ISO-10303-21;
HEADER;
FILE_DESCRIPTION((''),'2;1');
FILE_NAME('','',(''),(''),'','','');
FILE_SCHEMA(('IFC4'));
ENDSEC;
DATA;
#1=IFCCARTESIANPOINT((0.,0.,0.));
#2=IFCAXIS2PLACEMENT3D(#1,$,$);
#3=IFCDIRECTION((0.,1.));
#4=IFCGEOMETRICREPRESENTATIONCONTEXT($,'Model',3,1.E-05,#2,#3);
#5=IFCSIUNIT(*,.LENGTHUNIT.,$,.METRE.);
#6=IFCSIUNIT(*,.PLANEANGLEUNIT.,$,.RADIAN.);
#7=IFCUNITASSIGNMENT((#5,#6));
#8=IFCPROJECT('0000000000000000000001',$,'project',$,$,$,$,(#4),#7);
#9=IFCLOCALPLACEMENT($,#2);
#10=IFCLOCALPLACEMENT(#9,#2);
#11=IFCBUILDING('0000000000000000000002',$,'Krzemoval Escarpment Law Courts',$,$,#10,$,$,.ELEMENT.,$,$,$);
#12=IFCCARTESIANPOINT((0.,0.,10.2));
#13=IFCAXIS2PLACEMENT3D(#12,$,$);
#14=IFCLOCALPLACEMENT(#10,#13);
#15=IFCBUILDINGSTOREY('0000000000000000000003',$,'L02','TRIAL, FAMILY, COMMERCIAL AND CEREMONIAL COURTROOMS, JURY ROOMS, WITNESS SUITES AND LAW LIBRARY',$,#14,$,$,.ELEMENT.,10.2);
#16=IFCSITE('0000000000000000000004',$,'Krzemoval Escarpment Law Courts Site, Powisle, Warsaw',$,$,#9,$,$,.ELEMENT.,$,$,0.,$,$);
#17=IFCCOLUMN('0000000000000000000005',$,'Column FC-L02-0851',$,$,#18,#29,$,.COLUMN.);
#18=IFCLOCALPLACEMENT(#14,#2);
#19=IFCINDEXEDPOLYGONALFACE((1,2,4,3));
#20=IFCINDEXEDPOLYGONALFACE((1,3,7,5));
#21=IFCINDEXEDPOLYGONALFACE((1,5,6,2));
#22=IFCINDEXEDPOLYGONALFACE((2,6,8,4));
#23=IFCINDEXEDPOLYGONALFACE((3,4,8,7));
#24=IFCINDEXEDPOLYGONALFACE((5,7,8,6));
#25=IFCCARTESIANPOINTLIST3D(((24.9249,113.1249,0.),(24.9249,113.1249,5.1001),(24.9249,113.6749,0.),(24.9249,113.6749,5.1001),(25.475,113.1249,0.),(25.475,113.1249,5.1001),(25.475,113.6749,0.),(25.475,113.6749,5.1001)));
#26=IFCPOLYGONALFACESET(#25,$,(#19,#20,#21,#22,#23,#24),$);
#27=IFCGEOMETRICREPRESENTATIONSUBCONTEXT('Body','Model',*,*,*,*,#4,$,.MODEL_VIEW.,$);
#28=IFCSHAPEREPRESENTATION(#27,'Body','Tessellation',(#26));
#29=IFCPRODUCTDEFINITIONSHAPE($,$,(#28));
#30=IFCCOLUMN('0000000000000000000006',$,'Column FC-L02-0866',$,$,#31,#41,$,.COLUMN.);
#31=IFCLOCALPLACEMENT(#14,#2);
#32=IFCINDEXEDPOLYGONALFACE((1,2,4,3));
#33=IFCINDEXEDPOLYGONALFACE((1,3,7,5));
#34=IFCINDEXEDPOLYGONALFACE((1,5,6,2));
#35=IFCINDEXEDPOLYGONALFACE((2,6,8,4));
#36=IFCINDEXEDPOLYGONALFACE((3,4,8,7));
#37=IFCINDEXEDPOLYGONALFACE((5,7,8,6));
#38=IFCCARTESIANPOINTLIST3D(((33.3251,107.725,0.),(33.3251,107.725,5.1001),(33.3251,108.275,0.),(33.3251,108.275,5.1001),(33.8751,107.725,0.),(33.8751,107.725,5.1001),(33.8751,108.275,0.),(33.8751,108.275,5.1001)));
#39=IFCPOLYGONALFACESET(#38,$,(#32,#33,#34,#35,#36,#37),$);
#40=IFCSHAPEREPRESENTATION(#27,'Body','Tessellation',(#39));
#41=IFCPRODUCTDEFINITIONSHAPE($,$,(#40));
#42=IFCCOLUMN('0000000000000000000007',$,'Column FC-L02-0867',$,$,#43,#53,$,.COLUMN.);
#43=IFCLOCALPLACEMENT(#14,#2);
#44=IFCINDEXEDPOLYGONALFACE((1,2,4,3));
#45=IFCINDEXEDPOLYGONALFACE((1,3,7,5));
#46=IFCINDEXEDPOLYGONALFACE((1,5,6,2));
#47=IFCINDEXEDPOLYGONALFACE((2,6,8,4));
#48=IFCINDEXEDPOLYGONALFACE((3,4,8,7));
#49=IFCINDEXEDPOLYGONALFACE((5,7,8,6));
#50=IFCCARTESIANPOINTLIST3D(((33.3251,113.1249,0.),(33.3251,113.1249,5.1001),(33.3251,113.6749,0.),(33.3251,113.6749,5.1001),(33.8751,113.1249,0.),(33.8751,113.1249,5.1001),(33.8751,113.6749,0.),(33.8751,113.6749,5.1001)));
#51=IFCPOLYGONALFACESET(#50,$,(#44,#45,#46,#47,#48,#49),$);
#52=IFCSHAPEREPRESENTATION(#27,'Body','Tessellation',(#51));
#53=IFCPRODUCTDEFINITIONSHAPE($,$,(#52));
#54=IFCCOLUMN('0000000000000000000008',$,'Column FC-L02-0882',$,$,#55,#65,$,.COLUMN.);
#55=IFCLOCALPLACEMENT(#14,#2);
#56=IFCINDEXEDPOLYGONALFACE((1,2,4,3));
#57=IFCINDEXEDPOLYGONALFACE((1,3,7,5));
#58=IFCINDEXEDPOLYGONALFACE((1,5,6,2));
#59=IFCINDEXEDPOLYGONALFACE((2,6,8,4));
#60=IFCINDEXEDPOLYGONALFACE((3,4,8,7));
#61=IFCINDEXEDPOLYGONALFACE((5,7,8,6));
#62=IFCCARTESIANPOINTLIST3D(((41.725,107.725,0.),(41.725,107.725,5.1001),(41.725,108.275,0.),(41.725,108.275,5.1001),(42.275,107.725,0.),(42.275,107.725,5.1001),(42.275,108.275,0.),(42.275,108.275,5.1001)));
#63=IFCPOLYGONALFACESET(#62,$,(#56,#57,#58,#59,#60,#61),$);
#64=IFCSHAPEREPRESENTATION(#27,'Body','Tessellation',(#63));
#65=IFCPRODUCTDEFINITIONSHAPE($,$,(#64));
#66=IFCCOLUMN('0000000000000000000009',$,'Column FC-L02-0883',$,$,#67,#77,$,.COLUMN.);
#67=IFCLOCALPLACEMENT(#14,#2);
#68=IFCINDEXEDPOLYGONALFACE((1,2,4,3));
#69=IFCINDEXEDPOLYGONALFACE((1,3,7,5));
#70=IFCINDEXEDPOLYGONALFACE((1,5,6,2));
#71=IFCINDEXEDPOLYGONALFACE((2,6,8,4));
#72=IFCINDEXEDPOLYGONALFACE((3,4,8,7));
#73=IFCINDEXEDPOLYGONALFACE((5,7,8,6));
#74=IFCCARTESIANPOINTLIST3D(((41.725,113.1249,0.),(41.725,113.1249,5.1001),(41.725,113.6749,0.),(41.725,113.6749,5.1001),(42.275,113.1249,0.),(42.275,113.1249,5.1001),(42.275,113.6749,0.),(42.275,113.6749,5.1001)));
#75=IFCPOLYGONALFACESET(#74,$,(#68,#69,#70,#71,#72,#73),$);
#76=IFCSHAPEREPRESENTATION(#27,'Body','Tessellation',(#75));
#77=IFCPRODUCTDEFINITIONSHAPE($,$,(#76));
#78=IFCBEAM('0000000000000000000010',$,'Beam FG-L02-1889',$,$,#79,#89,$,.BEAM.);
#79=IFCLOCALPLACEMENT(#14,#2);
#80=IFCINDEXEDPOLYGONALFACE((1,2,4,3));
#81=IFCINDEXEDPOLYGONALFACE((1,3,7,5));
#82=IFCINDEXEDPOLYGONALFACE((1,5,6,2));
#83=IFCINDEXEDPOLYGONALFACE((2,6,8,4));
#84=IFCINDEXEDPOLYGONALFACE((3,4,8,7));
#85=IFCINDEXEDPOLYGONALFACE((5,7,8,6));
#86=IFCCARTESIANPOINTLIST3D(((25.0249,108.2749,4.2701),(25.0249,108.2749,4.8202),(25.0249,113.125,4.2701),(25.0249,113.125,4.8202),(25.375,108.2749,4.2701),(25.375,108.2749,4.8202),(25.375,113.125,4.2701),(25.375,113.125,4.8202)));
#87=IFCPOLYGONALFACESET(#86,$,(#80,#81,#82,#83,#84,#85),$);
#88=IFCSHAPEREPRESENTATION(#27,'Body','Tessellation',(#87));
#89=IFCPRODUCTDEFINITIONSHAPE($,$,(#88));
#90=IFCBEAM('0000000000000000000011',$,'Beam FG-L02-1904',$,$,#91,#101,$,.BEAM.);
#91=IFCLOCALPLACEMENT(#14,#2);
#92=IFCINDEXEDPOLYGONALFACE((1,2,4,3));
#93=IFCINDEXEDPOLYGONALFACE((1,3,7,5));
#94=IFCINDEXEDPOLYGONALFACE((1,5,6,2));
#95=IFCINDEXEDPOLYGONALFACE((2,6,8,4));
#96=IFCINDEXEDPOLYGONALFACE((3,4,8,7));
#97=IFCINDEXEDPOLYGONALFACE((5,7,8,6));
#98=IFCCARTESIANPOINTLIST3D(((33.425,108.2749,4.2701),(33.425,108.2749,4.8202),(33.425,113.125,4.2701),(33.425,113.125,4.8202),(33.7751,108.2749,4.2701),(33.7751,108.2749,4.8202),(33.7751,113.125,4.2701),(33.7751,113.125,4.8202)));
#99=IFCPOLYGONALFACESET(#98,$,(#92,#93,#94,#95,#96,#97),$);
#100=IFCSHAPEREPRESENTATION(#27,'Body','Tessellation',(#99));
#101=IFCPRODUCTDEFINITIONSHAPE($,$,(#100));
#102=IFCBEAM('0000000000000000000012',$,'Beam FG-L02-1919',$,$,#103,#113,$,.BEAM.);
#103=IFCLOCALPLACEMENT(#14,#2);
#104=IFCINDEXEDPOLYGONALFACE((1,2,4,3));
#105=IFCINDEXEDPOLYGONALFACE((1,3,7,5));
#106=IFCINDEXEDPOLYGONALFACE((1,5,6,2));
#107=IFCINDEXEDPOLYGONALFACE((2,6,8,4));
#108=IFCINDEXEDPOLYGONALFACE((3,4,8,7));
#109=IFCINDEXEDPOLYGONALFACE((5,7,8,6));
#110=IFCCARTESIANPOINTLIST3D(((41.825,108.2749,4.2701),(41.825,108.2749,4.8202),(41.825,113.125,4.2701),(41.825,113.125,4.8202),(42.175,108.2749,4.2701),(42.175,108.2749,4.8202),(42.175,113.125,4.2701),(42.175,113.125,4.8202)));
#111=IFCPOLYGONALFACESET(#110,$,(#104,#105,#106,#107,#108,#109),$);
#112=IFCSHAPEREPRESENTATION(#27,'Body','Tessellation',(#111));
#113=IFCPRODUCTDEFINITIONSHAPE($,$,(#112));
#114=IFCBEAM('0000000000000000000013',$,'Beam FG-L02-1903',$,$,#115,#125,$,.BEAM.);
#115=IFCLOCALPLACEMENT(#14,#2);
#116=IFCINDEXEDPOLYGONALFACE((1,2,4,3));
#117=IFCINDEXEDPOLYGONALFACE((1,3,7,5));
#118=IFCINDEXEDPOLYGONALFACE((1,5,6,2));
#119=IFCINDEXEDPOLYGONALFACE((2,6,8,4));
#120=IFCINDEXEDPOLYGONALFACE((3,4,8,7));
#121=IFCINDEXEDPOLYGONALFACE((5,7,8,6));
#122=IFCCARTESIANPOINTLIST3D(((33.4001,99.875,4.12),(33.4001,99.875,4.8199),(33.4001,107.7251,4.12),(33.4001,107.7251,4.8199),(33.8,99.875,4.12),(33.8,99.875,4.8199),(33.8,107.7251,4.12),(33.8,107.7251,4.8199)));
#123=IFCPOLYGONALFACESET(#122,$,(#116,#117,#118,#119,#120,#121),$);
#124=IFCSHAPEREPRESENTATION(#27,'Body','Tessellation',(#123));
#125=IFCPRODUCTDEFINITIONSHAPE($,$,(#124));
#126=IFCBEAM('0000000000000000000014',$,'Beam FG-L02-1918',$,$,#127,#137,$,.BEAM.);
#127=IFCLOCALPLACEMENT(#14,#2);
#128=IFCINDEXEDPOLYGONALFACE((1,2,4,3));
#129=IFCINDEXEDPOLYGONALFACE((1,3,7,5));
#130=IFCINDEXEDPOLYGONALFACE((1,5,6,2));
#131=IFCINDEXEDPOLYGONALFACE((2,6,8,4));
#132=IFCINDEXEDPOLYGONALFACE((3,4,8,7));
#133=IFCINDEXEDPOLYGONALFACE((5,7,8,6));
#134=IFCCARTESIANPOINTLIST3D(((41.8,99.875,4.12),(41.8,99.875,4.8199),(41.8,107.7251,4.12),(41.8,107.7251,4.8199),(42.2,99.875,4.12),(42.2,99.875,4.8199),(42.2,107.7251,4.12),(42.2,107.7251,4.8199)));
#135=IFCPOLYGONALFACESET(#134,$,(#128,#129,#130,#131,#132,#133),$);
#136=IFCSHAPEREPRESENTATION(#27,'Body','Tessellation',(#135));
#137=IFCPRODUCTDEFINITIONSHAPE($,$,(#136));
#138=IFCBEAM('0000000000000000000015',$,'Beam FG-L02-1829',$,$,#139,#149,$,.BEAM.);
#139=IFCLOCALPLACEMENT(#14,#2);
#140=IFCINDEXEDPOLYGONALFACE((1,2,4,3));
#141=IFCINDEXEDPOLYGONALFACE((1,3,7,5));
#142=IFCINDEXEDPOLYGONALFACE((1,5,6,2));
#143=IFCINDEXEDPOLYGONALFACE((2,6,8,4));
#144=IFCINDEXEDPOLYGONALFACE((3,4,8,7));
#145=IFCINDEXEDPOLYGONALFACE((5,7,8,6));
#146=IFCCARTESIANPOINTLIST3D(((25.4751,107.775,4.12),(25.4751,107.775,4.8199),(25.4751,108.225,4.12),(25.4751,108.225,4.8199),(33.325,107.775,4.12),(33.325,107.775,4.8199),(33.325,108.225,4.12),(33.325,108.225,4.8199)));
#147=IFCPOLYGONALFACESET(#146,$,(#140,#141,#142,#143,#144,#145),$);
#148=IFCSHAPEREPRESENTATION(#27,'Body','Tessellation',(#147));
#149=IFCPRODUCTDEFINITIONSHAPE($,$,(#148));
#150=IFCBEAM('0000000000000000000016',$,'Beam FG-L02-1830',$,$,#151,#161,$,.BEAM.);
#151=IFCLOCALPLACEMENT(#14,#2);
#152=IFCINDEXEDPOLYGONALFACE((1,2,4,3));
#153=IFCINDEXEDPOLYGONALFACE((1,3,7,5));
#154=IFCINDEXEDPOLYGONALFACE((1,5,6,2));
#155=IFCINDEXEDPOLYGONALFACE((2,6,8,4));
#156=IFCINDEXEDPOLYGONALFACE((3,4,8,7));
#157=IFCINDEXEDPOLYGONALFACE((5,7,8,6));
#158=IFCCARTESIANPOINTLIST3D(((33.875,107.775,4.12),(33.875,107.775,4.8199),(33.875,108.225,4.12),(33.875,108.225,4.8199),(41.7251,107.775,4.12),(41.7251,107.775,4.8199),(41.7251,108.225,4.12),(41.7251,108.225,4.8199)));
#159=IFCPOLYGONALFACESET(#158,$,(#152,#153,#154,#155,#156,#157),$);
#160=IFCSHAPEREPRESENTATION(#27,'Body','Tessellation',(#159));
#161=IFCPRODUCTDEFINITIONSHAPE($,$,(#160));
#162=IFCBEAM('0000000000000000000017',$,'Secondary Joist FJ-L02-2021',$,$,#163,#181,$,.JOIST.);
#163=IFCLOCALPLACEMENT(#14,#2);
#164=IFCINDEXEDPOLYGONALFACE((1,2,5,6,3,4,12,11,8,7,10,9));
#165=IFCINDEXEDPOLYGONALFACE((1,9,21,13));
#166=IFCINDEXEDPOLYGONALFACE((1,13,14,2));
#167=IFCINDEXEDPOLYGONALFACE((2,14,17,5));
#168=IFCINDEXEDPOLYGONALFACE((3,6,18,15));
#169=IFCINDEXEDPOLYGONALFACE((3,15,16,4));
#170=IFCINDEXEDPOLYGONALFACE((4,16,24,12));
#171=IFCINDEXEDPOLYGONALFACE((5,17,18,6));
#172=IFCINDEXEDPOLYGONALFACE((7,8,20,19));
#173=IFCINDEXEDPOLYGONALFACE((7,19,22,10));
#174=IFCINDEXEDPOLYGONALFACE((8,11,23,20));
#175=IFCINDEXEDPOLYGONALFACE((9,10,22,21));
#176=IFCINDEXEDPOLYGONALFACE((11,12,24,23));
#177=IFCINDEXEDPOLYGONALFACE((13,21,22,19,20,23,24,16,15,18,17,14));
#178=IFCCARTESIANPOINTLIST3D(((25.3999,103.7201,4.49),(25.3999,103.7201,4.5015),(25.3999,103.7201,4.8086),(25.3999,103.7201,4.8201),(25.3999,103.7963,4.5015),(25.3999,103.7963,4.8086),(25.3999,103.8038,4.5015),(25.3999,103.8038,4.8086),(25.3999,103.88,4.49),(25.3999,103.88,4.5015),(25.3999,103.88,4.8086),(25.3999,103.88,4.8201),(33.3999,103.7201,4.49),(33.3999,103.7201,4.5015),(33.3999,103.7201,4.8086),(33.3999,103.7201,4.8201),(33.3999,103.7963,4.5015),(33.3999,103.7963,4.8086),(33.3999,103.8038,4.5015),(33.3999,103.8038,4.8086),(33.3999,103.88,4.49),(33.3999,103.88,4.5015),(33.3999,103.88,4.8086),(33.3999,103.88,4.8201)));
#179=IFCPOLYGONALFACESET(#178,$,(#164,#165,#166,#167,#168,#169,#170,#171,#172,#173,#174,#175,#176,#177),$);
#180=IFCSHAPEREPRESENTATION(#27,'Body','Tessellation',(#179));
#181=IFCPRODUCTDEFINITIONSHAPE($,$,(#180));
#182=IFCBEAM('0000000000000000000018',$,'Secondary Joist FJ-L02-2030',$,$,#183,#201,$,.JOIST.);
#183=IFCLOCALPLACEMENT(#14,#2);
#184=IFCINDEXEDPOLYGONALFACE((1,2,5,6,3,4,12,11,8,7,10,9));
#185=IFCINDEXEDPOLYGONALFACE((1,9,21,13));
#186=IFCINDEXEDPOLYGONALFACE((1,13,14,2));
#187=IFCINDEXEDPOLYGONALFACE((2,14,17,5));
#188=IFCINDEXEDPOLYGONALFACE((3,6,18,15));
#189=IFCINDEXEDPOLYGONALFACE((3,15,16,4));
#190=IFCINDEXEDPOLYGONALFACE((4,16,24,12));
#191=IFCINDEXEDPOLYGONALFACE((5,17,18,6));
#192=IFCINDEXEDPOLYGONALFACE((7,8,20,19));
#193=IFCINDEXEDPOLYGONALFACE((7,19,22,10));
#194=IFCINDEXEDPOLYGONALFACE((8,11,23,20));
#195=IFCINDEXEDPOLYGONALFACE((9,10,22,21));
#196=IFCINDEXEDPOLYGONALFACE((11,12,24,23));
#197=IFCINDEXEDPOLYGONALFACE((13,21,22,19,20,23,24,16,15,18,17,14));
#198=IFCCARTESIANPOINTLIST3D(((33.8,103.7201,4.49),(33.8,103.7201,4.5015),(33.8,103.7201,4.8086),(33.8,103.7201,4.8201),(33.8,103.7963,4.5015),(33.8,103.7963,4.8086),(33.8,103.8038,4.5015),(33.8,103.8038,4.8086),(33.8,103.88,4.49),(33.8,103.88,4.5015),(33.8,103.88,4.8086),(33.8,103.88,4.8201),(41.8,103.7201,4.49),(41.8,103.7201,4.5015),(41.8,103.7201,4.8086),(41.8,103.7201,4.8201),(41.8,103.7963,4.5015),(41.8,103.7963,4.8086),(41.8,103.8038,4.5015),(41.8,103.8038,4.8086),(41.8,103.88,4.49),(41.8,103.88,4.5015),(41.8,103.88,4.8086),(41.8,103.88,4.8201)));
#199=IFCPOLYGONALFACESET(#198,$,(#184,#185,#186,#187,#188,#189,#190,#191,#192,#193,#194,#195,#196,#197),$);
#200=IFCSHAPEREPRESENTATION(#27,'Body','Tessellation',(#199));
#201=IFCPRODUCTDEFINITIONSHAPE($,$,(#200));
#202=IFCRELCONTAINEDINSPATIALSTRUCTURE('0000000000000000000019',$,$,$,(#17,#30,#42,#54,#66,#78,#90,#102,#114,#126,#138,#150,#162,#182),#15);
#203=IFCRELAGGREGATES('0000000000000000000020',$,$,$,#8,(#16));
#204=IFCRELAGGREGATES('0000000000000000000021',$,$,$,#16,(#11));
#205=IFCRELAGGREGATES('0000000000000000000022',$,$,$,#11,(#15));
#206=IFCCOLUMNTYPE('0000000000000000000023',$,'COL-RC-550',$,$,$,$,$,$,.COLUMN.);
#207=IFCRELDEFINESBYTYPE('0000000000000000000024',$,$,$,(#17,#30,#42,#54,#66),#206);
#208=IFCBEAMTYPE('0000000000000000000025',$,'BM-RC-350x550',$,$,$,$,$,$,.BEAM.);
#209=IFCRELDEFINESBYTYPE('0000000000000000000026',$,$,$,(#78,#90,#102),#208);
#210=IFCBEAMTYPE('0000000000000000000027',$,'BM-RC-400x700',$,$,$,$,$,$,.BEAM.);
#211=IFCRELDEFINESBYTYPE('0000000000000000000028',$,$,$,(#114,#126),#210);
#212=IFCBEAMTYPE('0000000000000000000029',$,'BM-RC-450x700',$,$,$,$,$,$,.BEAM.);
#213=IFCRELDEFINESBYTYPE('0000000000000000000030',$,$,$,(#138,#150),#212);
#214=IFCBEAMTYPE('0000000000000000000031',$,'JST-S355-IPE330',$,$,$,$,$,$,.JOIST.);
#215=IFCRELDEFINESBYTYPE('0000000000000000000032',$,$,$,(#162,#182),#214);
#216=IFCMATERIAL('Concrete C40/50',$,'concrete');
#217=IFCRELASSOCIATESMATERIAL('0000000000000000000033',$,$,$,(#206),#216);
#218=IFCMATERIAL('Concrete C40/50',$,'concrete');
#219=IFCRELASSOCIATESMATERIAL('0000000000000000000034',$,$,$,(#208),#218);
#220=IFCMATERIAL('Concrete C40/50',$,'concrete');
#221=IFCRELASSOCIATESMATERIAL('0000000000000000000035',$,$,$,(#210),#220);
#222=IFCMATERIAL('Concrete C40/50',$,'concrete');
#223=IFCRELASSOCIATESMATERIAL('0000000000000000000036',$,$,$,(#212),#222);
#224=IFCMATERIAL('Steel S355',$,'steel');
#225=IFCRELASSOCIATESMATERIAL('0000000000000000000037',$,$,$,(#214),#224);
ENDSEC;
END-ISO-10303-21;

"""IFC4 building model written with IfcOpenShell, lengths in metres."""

from ifc_helpers import new_model, si_unit, direction, frame, origin, origin_2d, place, context, subcontext, project, spatial, rectangle, i_section, extrude, material, material_profile, profile_set, type_object, element, save


model = new_model("IFC4")

# Units and contexts
model_context = context("Model", 3, precision=1e-05, world=origin(), true_north=direction((0.0, 1.0)))
body_context = subcontext(model_context, "Body", "Model", "MODEL_VIEW")
ifc_project = project(units=[si_unit("LENGTHUNIT", "METRE"), si_unit("PLANEANGLEUNIT", "RADIAN")], contexts=[model_context])

# Site, building, storey
site_placement = place(None, origin())
site = spatial("IfcSite", under=ifc_project, at=site_placement, Name="Krzemoval Escarpment Law Courts Site, Powisle, Warsaw", CompositionType="ELEMENT", RefElevation=0.0)
building_placement = place(site_placement, origin())
building = spatial("IfcBuilding", under=site, at=building_placement, Name="Krzemoval Escarpment Law Courts", CompositionType="ELEMENT")
storey_placement = place(building_placement, frame((0.0, 0.0, 10.2)))
storey = spatial("IfcBuildingStorey", under=building, at=storey_placement, Name="L02", Description="TRIAL, FAMILY, COMMERCIAL AND CEREMONIAL COURTROOMS, JURY ROOMS, WITNESS SUITES AND LAW LIBRARY", CompositionType="ELEMENT", Elevation=10.2)

# Columns
ifc_material_1 = material(Name="Concrete C40/50", Category="concrete")
ifc_material_profile_1 = material_profile(ifc_material_1, rectangle(XDim=0.55, YDim=0.55, at=origin_2d()), Name="RC 550x550")
ifc_profile_set_1 = profile_set([ifc_material_profile_1], Name="Concrete C40/50")
column_type = type_object("IfcColumnType", Name="COL-RC-550", PredefinedType="COLUMN", material=ifc_profile_set_1)
for number, where, z_axis, x_axis, name in (
    (1, (25.2, 113.3999, 0.0), (0.0, 0.0, 1.0), (1.0, 0.0, 0.0), "Column FC-L02-0851"),
    (2, (33.6001, 108.0, 0.0), (0.0, 0.0, 1.0), (1.0, 0.0, 0.0), "Column FC-L02-0866"),
    (3, (33.6001, 113.3999, 0.0), (0.0, 0.0, 1.0), (1.0, 0.0, 0.0), "Column FC-L02-0867"),
    (4, (42.0, 108.0, 0.0), (0.0, 0.0, 1.0), (1.0, 0.0, 0.0), "Column FC-L02-0882"),
    (5, (42.0, 113.3999, 0.0), (0.0, 0.0, 1.0), (1.0, 0.0, 0.0), "Column FC-L02-0883"),
):
    element("IfcColumn", number, at=place(storey_placement, frame(where, z_axis=z_axis, x_axis=x_axis)), inside=storey, type_object=column_type, Name=name, PredefinedType="COLUMN", context=body_context, shape_type="SweptSolid", body=[
        extrude(rectangle(XDim=0.55, YDim=0.55, at=origin_2d()), origin(), (0.0, 0.0, 1.0), 5.1001),
    ])

# Beams
ifc_material_2 = material(Name="Concrete C40/50", Category="concrete")
ifc_material_profile_2 = material_profile(ifc_material_2, rectangle(XDim=0.3501, YDim=0.55, at=origin_2d()), Name="RCB 350x550")
ifc_profile_set_2 = profile_set([ifc_material_profile_2], Name="Concrete C40/50")
beam_type_1 = type_object("IfcBeamType", Name="BM-RC-350x550", PredefinedType="BEAM", material=ifc_profile_set_2)
for number, where, z_axis, x_axis, name in (
    (6, (25.2, 108.2749, 4.5452), (0.0, 1.0, 0.0), (-1.0, 0.0, 0.0), "Beam FG-L02-1889"),
    (7, (33.6001, 108.2749, 4.5452), (0.0, 1.0, 0.0), (-1.0, 0.0, 0.0), "Beam FG-L02-1904"),
    (8, (42.0, 108.2749, 4.5452), (0.0, 1.0, 0.0), (-1.0, 0.0, 0.0), "Beam FG-L02-1919"),
):
    element("IfcBeam", number, at=place(storey_placement, frame(where, z_axis=z_axis, x_axis=x_axis)), inside=storey, type_object=beam_type_1, Name=name, PredefinedType="BEAM", context=body_context, shape_type="SweptSolid", body=[
        extrude(rectangle(XDim=0.3501, YDim=0.55, at=origin_2d()), origin(), (0.0, 0.0, 1.0), 4.8501),
    ])
ifc_material_3 = material(Name="Concrete C40/50", Category="concrete")
ifc_material_profile_3 = material_profile(ifc_material_3, rectangle(XDim=0.3999, YDim=0.7, at=origin_2d()), Name="RCB 400x700")
ifc_profile_set_3 = profile_set([ifc_material_profile_3], Name="Concrete C40/50")
beam_type_2 = type_object("IfcBeamType", Name="BM-RC-400x700", PredefinedType="BEAM", material=ifc_profile_set_3)
for number, where, z_axis, x_axis, name in (
    (9, (33.6001, 99.875, 4.47), (0.0, 1.0, 0.0), (-1.0, 0.0, 0.0), "Beam FG-L02-1903"),
    (10, (42.0, 99.875, 4.47), (0.0, 1.0, 0.0), (-1.0, 0.0, 0.0), "Beam FG-L02-1918"),
):
    element("IfcBeam", number, at=place(storey_placement, frame(where, z_axis=z_axis, x_axis=x_axis)), inside=storey, type_object=beam_type_2, Name=name, PredefinedType="BEAM", context=body_context, shape_type="SweptSolid", body=[
        extrude(rectangle(XDim=0.3999, YDim=0.7, at=origin_2d()), origin(), (0.0, 0.0, 1.0), 7.8501),
    ])
ifc_material_4 = material(Name="Concrete C40/50", Category="concrete")
ifc_material_profile_4 = material_profile(ifc_material_4, rectangle(XDim=0.45, YDim=0.7, at=origin_2d()), Name="RCB 450x700")
ifc_profile_set_4 = profile_set([ifc_material_profile_4], Name="Concrete C40/50")
beam_type_3 = type_object("IfcBeamType", Name="BM-RC-450x700", PredefinedType="BEAM", material=ifc_profile_set_4)
beam_1_placement = place(storey_placement, frame((25.4751, 108.0, 4.47), z_axis=(1.0, 0.0, 0.0), x_axis=(0.0, 1.0, 0.0)))
element("IfcBeam", 11, at=beam_1_placement, inside=storey, type_object=beam_type_3, Name="Beam FG-L02-1829", PredefinedType="BEAM", context=body_context, shape_type="SweptSolid", body=[
    extrude(rectangle(XDim=0.45, YDim=0.7, at=origin_2d()), origin(), (0.0, 0.0, 1.0), 7.8499),
])
beam_2_placement = place(storey_placement, frame((33.875, 108.0, 4.47), z_axis=(1.0, 0.0, 0.0), x_axis=(0.0, 1.0, 0.0)))
element("IfcBeam", 12, at=beam_2_placement, inside=storey, type_object=beam_type_3, Name="Beam FG-L02-1830", PredefinedType="BEAM", context=body_context, shape_type="SweptSolid", body=[
    extrude(rectangle(XDim=0.45, YDim=0.7, at=origin_2d()), origin(), (0.0, 0.0, 1.0), 7.8501),
])
ifc_material_5 = material(Name="Steel S355", Category="steel")
ifc_material_profile_5 = material_profile(ifc_material_5, i_section(OverallWidth=0.1599, OverallDepth=0.3301, WebThickness=0.0076, FlangeThickness=0.0115, at=origin_2d()), Name="IPE 330")
ifc_profile_set_5 = profile_set([ifc_material_profile_5], Name="Steel S355")
beam_type_4 = type_object("IfcBeamType", Name="JST-S355-IPE330", PredefinedType="JOIST", material=ifc_profile_set_5)
for number, where, z_axis, x_axis, name in (
    (13, (25.3999, 103.8, 4.655), (1.0, 0.0, 0.0), (0.0, 1.0, 0.0), "Secondary Joist FJ-L02-2021"),
    (14, (33.8, 103.8, 4.655), (1.0, 0.0, 0.0), (0.0, 1.0, 0.0), "Secondary Joist FJ-L02-2030"),
):
    element("IfcBeam", number, at=place(storey_placement, frame(where, z_axis=z_axis, x_axis=x_axis)), inside=storey, type_object=beam_type_4, Name=name, PredefinedType="JOIST", context=body_context, shape_type="SweptSolid", body=[
        extrude(i_section(OverallWidth=0.1599, OverallDepth=0.3301, WebThickness=0.0076, FlangeThickness=0.0115, at=origin_2d()), origin(), (0.0, 0.0, 1.0), 8.0),
    ])

save(model, "model.ifc")
